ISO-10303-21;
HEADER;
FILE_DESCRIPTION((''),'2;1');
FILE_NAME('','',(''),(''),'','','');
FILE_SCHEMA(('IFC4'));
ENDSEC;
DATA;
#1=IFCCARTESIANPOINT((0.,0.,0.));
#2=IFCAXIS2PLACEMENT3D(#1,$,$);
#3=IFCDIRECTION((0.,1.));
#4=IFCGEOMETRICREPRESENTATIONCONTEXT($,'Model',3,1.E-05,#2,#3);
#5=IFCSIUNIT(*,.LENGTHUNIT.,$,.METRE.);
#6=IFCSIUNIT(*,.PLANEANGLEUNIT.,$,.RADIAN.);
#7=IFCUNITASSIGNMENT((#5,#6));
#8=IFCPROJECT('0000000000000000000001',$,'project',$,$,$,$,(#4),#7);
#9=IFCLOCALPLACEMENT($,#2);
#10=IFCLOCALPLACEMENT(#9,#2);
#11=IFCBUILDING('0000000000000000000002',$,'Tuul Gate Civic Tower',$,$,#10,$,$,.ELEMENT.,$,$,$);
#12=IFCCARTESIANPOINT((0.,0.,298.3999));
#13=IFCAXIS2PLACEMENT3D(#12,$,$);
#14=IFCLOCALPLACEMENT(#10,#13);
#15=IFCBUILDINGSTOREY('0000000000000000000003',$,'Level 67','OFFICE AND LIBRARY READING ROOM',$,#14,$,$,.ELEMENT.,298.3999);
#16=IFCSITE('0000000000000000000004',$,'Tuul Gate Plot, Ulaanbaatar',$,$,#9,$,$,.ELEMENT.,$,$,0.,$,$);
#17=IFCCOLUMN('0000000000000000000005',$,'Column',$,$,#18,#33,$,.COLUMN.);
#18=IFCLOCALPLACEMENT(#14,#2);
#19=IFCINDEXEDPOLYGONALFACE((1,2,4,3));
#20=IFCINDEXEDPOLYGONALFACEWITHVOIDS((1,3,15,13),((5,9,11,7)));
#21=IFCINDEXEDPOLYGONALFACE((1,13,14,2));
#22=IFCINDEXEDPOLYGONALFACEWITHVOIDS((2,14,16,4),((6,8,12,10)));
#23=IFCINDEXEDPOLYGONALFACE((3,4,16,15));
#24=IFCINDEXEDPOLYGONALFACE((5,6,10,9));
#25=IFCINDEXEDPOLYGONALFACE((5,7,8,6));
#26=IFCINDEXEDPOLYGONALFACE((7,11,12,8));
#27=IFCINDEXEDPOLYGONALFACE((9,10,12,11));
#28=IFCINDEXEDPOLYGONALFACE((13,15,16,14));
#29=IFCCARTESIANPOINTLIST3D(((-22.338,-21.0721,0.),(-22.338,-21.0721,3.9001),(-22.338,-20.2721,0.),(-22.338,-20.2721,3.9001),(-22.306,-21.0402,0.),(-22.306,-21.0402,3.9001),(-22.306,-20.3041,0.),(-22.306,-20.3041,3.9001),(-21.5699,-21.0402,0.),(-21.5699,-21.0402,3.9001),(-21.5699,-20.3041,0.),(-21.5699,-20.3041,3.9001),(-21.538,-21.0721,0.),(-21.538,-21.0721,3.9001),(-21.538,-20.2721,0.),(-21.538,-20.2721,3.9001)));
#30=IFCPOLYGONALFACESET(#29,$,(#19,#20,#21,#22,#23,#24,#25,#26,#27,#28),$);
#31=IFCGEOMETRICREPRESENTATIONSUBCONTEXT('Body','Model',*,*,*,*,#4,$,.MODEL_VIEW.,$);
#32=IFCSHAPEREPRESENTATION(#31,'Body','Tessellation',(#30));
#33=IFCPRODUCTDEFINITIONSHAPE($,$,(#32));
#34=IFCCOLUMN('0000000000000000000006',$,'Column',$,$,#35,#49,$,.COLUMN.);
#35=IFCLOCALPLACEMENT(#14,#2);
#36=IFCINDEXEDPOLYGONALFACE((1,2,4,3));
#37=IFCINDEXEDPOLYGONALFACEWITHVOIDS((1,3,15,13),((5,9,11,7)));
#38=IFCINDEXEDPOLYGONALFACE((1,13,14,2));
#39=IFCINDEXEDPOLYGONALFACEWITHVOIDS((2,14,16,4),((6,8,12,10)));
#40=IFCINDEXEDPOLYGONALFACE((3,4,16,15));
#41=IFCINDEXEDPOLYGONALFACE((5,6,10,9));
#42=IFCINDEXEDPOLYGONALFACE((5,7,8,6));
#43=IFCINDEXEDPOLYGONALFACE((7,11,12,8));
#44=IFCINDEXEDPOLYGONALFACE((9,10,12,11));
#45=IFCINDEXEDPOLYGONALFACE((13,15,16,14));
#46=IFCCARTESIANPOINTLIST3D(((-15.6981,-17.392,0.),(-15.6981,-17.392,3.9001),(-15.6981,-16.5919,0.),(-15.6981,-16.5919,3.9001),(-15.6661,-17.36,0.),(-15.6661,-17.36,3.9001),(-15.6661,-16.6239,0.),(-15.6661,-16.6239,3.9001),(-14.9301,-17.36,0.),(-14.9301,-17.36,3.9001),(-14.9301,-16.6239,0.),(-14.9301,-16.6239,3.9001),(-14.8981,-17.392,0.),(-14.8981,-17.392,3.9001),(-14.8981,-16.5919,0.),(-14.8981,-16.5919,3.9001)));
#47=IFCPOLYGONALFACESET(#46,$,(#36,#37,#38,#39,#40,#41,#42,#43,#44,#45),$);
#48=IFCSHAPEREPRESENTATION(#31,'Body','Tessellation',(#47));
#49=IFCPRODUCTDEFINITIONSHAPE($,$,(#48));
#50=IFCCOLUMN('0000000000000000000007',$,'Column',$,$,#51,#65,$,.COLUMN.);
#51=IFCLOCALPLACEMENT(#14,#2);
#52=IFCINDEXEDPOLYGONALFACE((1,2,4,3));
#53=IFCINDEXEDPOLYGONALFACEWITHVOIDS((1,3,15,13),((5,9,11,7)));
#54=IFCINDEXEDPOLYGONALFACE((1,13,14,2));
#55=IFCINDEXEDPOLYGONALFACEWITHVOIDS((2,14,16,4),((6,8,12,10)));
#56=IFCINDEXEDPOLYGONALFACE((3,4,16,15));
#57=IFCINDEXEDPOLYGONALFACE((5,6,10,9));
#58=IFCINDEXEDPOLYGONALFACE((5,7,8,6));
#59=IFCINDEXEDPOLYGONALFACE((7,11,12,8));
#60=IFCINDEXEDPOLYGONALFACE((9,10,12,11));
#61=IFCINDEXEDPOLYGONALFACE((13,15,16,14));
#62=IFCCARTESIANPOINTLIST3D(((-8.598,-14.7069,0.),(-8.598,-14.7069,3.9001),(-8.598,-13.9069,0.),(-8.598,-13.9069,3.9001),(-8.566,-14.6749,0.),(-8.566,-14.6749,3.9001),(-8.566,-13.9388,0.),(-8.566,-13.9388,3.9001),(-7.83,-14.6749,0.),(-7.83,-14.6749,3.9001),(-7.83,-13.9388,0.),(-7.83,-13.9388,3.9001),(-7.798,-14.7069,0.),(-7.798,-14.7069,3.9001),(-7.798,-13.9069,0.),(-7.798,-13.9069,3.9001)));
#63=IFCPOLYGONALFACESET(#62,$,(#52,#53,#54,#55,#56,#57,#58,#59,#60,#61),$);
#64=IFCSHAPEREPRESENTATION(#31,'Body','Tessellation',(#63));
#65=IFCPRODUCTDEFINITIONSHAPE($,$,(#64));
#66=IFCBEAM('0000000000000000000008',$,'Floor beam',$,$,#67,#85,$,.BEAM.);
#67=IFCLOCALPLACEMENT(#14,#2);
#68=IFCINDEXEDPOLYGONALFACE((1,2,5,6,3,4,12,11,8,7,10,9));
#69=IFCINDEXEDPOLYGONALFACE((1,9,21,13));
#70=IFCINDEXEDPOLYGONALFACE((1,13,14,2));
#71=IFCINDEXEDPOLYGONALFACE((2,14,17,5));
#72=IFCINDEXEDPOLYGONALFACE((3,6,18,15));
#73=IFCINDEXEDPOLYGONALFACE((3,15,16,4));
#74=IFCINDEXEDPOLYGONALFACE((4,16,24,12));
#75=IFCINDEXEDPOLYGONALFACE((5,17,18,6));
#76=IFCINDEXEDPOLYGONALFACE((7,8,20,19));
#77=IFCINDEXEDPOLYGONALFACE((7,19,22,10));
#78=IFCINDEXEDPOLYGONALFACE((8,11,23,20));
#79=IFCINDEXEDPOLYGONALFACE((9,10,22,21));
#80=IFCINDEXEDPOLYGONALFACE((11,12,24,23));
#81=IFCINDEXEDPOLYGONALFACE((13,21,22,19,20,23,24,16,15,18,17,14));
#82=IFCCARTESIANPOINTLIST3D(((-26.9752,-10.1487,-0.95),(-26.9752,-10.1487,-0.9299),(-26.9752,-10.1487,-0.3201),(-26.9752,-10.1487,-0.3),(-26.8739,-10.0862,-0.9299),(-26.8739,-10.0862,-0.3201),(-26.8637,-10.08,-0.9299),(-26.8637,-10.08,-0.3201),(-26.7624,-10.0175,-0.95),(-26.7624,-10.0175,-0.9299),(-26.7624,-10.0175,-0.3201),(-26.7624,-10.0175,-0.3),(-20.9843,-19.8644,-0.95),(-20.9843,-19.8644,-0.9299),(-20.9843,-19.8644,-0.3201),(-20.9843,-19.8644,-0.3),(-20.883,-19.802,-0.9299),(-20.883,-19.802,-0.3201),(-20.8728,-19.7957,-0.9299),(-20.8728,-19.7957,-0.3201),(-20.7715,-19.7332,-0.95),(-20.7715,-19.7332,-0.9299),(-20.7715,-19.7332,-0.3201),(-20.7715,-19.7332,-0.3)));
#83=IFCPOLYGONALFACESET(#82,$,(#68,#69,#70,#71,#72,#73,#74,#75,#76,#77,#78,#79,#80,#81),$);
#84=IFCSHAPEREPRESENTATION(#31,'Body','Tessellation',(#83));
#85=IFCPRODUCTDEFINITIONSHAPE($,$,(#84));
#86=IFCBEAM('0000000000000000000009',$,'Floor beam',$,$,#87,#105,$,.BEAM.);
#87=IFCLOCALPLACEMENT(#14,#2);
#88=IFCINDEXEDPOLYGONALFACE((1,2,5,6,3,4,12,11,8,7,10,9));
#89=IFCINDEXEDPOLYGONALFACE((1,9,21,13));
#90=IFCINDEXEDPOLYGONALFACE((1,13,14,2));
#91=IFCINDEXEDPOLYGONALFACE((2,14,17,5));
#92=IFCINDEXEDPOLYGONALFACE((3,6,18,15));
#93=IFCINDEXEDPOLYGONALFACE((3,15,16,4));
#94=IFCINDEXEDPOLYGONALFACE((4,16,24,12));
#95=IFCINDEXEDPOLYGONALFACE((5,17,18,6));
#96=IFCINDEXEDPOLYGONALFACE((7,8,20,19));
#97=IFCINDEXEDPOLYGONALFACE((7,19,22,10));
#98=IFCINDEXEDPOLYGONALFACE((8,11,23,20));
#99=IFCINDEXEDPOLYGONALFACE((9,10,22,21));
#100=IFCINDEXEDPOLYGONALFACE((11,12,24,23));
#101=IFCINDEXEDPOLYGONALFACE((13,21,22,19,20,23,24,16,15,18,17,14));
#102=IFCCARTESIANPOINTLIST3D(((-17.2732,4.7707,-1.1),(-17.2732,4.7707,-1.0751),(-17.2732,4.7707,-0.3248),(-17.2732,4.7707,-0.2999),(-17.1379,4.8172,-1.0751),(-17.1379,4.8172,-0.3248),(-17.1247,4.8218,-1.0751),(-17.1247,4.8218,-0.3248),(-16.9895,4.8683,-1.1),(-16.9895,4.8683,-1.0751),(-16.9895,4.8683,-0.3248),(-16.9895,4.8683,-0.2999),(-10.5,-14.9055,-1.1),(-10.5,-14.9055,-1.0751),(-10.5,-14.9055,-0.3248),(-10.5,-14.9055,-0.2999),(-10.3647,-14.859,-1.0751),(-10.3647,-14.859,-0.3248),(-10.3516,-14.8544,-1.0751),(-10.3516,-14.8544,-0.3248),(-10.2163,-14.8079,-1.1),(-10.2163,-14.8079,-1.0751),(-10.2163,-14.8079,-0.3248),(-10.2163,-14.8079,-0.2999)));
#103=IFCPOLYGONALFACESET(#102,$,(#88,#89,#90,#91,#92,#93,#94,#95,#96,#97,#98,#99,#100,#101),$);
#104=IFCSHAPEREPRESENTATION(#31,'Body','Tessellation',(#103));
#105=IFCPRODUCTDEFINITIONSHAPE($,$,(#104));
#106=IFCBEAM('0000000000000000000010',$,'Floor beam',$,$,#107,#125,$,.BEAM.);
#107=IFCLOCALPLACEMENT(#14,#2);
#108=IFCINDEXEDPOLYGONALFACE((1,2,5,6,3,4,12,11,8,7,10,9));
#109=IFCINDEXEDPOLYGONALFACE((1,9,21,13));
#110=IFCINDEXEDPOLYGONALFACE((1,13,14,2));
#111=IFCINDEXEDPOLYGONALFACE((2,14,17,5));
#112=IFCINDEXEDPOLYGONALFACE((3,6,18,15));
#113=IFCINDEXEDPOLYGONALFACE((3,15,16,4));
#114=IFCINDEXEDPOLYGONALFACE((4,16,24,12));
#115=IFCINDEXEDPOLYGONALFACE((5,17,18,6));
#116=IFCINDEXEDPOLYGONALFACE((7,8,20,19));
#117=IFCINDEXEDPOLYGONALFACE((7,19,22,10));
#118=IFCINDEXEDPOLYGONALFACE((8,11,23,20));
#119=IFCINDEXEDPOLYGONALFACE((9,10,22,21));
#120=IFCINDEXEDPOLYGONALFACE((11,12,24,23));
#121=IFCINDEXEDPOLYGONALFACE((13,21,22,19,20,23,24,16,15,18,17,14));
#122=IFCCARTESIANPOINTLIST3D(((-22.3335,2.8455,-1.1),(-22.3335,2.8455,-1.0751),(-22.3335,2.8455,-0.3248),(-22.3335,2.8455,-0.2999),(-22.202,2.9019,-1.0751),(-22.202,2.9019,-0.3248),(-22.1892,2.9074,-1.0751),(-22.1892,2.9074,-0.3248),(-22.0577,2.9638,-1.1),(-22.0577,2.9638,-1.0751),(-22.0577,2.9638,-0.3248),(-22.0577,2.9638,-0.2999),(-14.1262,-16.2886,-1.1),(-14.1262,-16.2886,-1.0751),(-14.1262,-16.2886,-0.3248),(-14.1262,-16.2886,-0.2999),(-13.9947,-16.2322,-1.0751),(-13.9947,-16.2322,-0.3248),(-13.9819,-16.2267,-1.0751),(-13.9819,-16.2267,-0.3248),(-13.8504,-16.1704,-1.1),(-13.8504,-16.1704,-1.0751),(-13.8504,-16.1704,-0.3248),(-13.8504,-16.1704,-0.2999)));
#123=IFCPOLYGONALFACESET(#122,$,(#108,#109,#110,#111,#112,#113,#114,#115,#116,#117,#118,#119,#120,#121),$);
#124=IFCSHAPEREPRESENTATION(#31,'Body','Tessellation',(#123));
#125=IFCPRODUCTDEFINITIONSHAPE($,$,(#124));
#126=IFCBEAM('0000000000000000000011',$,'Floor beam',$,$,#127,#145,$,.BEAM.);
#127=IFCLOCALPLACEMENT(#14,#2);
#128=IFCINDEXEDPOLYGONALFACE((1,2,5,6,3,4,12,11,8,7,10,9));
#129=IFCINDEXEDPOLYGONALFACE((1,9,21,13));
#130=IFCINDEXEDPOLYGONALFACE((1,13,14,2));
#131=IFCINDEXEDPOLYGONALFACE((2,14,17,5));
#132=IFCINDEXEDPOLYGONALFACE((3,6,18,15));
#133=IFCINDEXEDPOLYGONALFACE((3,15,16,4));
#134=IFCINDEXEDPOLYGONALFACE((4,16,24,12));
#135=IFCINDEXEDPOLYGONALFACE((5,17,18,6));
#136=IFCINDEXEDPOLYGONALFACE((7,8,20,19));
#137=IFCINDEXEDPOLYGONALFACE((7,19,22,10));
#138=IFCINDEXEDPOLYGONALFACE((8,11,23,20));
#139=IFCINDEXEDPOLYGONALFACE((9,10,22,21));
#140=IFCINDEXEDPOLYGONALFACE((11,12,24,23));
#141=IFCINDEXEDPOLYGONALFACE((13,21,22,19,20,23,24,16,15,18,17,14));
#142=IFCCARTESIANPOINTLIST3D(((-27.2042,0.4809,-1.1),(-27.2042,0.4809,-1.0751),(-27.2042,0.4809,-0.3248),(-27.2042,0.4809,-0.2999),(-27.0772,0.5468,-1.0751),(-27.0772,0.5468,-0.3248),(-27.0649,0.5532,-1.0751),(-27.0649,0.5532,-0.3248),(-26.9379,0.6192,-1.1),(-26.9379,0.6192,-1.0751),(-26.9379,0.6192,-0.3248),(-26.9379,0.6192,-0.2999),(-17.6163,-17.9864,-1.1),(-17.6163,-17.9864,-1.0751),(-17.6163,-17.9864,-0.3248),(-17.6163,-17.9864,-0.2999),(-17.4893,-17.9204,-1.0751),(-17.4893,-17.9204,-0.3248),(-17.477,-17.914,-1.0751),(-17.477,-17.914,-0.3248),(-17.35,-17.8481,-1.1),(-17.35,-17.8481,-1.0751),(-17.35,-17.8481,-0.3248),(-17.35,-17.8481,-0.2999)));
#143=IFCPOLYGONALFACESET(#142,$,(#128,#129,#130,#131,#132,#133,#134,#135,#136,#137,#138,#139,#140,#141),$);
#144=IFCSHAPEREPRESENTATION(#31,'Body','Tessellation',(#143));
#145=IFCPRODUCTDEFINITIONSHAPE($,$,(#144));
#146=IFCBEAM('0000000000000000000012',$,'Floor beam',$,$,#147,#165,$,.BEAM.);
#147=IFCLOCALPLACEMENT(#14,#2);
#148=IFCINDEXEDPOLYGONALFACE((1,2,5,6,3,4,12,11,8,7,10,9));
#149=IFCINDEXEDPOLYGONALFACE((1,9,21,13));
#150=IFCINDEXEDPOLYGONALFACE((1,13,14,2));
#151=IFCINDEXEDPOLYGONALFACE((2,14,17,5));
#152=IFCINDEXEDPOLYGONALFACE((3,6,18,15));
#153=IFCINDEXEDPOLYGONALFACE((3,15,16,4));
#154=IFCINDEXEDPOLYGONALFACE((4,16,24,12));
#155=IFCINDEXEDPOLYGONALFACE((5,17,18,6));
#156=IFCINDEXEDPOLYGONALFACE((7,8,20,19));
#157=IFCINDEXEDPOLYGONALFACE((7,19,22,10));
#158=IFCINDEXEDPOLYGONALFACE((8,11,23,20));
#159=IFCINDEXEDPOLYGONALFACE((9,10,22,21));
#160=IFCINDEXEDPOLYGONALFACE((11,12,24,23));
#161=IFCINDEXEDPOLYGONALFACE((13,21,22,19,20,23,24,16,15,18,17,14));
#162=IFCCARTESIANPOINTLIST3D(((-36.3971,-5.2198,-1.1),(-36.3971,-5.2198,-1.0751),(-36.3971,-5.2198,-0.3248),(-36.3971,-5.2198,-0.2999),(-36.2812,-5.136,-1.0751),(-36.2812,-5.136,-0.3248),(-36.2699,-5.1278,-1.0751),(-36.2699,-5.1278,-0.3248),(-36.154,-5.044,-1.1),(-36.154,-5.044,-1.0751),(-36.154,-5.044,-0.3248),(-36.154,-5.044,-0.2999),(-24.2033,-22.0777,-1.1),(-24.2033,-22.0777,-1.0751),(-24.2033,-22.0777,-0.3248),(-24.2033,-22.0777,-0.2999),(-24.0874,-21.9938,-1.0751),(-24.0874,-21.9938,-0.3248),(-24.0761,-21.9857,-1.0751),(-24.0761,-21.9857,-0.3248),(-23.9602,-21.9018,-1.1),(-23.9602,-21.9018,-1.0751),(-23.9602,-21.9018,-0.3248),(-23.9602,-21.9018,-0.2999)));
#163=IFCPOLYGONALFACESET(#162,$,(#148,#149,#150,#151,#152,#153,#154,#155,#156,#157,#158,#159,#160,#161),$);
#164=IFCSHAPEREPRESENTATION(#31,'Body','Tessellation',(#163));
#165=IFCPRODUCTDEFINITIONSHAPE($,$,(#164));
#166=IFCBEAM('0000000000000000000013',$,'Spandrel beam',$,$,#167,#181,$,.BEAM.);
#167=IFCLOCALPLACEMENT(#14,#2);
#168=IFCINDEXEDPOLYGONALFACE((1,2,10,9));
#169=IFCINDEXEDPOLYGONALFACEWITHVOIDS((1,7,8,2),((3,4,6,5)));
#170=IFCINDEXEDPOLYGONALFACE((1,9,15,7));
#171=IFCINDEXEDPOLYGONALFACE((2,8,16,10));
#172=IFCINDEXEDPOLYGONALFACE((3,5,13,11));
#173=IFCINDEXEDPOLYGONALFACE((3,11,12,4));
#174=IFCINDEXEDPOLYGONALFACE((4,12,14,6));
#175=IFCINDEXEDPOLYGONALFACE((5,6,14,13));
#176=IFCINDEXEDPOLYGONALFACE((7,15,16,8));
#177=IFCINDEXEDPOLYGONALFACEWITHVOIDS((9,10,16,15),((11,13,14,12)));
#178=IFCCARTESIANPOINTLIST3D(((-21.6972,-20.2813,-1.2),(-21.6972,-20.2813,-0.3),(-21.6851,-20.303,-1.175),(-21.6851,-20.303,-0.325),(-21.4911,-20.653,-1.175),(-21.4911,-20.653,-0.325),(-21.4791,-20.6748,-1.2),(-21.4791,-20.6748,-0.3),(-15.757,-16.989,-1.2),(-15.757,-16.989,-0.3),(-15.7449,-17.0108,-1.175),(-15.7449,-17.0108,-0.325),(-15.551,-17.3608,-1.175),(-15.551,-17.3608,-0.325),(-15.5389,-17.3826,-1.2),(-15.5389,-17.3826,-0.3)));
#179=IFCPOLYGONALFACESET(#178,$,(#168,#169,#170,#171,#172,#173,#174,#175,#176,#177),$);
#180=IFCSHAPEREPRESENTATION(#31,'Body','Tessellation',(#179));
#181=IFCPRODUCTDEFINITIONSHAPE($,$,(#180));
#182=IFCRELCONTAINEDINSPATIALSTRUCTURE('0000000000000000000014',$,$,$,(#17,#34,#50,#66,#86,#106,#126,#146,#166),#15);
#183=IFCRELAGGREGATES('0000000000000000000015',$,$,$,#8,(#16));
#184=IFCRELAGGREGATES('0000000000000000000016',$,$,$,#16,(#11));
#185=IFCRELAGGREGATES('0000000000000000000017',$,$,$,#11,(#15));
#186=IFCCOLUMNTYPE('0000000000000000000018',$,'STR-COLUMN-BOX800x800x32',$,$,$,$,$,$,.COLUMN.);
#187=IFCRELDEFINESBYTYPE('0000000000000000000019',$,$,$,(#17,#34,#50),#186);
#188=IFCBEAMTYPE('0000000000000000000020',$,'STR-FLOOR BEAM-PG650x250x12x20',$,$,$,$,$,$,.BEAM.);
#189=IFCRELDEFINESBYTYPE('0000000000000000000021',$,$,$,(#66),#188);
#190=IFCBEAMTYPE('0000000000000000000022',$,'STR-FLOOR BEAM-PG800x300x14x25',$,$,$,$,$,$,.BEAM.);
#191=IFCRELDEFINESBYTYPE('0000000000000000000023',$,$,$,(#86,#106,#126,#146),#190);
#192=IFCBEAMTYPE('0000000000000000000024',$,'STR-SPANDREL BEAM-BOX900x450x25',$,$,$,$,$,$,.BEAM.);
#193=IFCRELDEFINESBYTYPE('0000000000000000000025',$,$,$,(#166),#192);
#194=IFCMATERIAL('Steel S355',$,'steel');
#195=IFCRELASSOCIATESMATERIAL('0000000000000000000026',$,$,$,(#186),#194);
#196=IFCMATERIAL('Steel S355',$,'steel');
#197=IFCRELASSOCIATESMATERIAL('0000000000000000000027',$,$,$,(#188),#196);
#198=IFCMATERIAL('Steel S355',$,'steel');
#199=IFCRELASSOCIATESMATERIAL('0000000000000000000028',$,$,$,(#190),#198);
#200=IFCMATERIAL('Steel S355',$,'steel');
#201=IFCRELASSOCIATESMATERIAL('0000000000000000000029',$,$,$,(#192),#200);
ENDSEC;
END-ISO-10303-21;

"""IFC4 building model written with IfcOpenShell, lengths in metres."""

from ifc_helpers import new_model, si_unit, direction, frame, origin, origin_2d, place, context, subcontext, project, spatial, hollow_rectangle, i_section, extrude, material, material_profile, profile_set, type_object, element, save


model = new_model("IFC4")

# Units and contexts
model_context = context("Model", 3, precision=1e-05, world=origin(), true_north=direction((0.0, 1.0)))
body_context = subcontext(model_context, "Body", "Model", "MODEL_VIEW")
ifc_project = project(units=[si_unit("LENGTHUNIT", "METRE"), si_unit("PLANEANGLEUNIT", "RADIAN")], contexts=[model_context])

# Site, building, storey
site_placement = place(None, origin())
site = spatial("IfcSite", under=ifc_project, at=site_placement, Name="Tuul Gate Plot, Ulaanbaatar", CompositionType="ELEMENT", RefElevation=0.0)
building_placement = place(site_placement, origin())
building = spatial("IfcBuilding", under=site, at=building_placement, Name="Tuul Gate Civic Tower", CompositionType="ELEMENT")
storey_placement = place(building_placement, frame((0.0, 0.0, 298.3999)))
storey = spatial("IfcBuildingStorey", under=building, at=storey_placement, Name="Level 67", Description="OFFICE AND LIBRARY READING ROOM", CompositionType="ELEMENT", Elevation=298.3999)

# Columns
ifc_material_1 = material(Name="Steel S355", Category="steel")
ifc_material_profile_1 = material_profile(ifc_material_1, hollow_rectangle(XDim=0.8, YDim=0.8, WallThickness=0.032, at=origin_2d()), Name="BOX800x800x32")
ifc_profile_set_1 = profile_set([ifc_material_profile_1], Name="Steel S355")
column_type = type_object("IfcColumnType", Name="STR-COLUMN-BOX800x800x32", PredefinedType="COLUMN", material=ifc_profile_set_1)
for number, where, z_axis, x_axis, name in (
    (1, (-21.938, -20.6721, 0.0), (0.0, 0.0, 1.0), (1.0, 0.0, 0.0), "Column"),
    (2, (-15.2981, -16.9919, 0.0), (0.0, 0.0, 1.0), (1.0, 0.0, 0.0), "Column"),
    (3, (-8.198, -14.3069, 0.0), (0.0, 0.0, 1.0), (1.0, 0.0, 0.0), "Column"),
):
    element("IfcColumn", number, at=place(storey_placement, frame(where, z_axis=z_axis, x_axis=x_axis)), inside=storey, type_object=column_type, Name=name, PredefinedType="COLUMN", context=body_context, shape_type="SweptSolid", body=[
        extrude(hollow_rectangle(XDim=0.8, YDim=0.8, WallThickness=0.032, at=origin_2d()), origin(), (0.0, 0.0, 1.0), 3.9001),
    ])

# Beams
ifc_material_2 = material(Name="Steel S355", Category="steel")
ifc_material_profile_2 = material_profile(ifc_material_2, i_section(OverallWidth=0.25, OverallDepth=0.6499, WebThickness=0.012, FlangeThickness=0.02, at=origin_2d()), Name="PG650x250x12x20")
ifc_profile_set_2 = profile_set([ifc_material_profile_2], Name="Steel S355")
beam_type_1 = type_object("IfcBeamType", Name="STR-FLOOR BEAM-PG650x250x12x20", PredefinedType="BEAM", material=ifc_profile_set_2)
beam_1_placement = place(storey_placement, frame((-20.8779, -19.7988, -0.625), z_axis=(-0.52486, 0.851189, 0.0), x_axis=(-0.851189, -0.52486, 0.0)))
element("IfcBeam", 4, at=beam_1_placement, inside=storey, type_object=beam_type_1, Name="Floor beam", PredefinedType="BEAM", context=body_context, shape_type="SweptSolid", body=[
    extrude(i_section(OverallWidth=0.25, OverallDepth=0.6499, WebThickness=0.012, FlangeThickness=0.02, at=origin_2d()), origin(), (0.0, 0.0, 1.0), 11.4143),
])
ifc_material_3 = material(Name="Steel S355", Category="steel")
ifc_material_profile_3 = material_profile(ifc_material_3, i_section(OverallWidth=0.3, OverallDepth=0.8, WebThickness=0.0139, FlangeThickness=0.0249, at=origin_2d()), Name="PG800x300x14x25")
ifc_profile_set_3 = profile_set([ifc_material_profile_3], Name="Steel S355")
beam_type_2 = type_object("IfcBeamType", Name="STR-FLOOR BEAM-PG800x300x14x25", PredefinedType="BEAM", material=ifc_profile_set_3)
beam_2_placement = place(storey_placement, frame((-10.3582, -14.8567, -0.7), z_axis=(-0.325487, 0.945547, 0.0), x_axis=(-0.945547, -0.325487, 0.0)))
element("IfcBeam", 5, at=beam_2_placement, inside=storey, type_object=beam_type_2, Name="Floor beam", PredefinedType="BEAM", context=body_context, shape_type="SweptSolid", body=[
    extrude(i_section(OverallWidth=0.3, OverallDepth=0.8, WebThickness=0.0139, FlangeThickness=0.0249, at=origin_2d()), origin(), (0.0, 0.0, 1.0), 20.8093),
])
beam_3_placement = place(storey_placement, frame((-13.9883, -16.2295, -0.7), z_axis=(-0.394202, 0.919024, 0.0), x_axis=(-0.919024, -0.394202, 0.0)))
element("IfcBeam", 6, at=beam_3_placement, inside=storey, type_object=beam_type_2, Name="Floor beam", PredefinedType="BEAM", context=body_context, shape_type="SweptSolid", body=[
    extrude(i_section(OverallWidth=0.3, OverallDepth=0.8, WebThickness=0.0139, FlangeThickness=0.0249, at=origin_2d()), origin(), (0.0, 0.0, 1.0), 20.8201),
])
beam_4_placement = place(storey_placement, frame((-17.4832, -17.9172, -0.7), z_axis=(-0.460782, 0.887514, 0.0), x_axis=(-0.887514, -0.460782, 0.0)))
element("IfcBeam", 7, at=beam_4_placement, inside=storey, type_object=beam_type_2, Name="Floor beam", PredefinedType="BEAM", context=body_context, shape_type="SweptSolid", body=[
    extrude(i_section(OverallWidth=0.3, OverallDepth=0.8, WebThickness=0.0139, FlangeThickness=0.0249, at=origin_2d()), origin(), (0.0, 0.0, 1.0), 20.8079),
])
beam_5_placement = place(storey_placement, frame((-24.0818, -21.9897, -0.7), z_axis=(-0.586081, 0.810253, 0.0), x_axis=(-0.810253, -0.586081, 0.0)))
element("IfcBeam", 8, at=beam_5_placement, inside=storey, type_object=beam_type_2, Name="Floor beam", PredefinedType="BEAM", context=body_context, shape_type="SweptSolid", body=[
    extrude(i_section(OverallWidth=0.3, OverallDepth=0.8, WebThickness=0.0139, FlangeThickness=0.0249, at=origin_2d()), origin(), (0.0, 0.0, 1.0), 20.8057),
])
ifc_material_4 = material(Name="Steel S355", Category="steel")
ifc_material_profile_4 = material_profile(ifc_material_4, hollow_rectangle(XDim=0.45, YDim=0.8999, WallThickness=0.0249, at=origin_2d()), Name="BOX900x450x25")
ifc_profile_set_4 = profile_set([ifc_material_profile_4], Name="Steel S355")
beam_type_3 = type_object("IfcBeamType", Name="STR-SPANDREL BEAM-BOX900x450x25", PredefinedType="BEAM", material=ifc_profile_set_4)
beam_6_placement = place(storey_placement, frame((-21.5881, -20.478, -0.75), z_axis=(0.874649, 0.484758, 0.0), x_axis=(-0.484758, 0.874649, 0.0)))
element("IfcBeam", 9, at=beam_6_placement, inside=storey, type_object=beam_type_3, Name="Spandrel beam", PredefinedType="BEAM", context=body_context, shape_type="SweptSolid", body=[
    extrude(hollow_rectangle(XDim=0.45, YDim=0.8999, WallThickness=0.0249, at=origin_2d()), origin(), (0.0, 0.0, 1.0), 6.7915),
])

save(model, "model.ifc")
